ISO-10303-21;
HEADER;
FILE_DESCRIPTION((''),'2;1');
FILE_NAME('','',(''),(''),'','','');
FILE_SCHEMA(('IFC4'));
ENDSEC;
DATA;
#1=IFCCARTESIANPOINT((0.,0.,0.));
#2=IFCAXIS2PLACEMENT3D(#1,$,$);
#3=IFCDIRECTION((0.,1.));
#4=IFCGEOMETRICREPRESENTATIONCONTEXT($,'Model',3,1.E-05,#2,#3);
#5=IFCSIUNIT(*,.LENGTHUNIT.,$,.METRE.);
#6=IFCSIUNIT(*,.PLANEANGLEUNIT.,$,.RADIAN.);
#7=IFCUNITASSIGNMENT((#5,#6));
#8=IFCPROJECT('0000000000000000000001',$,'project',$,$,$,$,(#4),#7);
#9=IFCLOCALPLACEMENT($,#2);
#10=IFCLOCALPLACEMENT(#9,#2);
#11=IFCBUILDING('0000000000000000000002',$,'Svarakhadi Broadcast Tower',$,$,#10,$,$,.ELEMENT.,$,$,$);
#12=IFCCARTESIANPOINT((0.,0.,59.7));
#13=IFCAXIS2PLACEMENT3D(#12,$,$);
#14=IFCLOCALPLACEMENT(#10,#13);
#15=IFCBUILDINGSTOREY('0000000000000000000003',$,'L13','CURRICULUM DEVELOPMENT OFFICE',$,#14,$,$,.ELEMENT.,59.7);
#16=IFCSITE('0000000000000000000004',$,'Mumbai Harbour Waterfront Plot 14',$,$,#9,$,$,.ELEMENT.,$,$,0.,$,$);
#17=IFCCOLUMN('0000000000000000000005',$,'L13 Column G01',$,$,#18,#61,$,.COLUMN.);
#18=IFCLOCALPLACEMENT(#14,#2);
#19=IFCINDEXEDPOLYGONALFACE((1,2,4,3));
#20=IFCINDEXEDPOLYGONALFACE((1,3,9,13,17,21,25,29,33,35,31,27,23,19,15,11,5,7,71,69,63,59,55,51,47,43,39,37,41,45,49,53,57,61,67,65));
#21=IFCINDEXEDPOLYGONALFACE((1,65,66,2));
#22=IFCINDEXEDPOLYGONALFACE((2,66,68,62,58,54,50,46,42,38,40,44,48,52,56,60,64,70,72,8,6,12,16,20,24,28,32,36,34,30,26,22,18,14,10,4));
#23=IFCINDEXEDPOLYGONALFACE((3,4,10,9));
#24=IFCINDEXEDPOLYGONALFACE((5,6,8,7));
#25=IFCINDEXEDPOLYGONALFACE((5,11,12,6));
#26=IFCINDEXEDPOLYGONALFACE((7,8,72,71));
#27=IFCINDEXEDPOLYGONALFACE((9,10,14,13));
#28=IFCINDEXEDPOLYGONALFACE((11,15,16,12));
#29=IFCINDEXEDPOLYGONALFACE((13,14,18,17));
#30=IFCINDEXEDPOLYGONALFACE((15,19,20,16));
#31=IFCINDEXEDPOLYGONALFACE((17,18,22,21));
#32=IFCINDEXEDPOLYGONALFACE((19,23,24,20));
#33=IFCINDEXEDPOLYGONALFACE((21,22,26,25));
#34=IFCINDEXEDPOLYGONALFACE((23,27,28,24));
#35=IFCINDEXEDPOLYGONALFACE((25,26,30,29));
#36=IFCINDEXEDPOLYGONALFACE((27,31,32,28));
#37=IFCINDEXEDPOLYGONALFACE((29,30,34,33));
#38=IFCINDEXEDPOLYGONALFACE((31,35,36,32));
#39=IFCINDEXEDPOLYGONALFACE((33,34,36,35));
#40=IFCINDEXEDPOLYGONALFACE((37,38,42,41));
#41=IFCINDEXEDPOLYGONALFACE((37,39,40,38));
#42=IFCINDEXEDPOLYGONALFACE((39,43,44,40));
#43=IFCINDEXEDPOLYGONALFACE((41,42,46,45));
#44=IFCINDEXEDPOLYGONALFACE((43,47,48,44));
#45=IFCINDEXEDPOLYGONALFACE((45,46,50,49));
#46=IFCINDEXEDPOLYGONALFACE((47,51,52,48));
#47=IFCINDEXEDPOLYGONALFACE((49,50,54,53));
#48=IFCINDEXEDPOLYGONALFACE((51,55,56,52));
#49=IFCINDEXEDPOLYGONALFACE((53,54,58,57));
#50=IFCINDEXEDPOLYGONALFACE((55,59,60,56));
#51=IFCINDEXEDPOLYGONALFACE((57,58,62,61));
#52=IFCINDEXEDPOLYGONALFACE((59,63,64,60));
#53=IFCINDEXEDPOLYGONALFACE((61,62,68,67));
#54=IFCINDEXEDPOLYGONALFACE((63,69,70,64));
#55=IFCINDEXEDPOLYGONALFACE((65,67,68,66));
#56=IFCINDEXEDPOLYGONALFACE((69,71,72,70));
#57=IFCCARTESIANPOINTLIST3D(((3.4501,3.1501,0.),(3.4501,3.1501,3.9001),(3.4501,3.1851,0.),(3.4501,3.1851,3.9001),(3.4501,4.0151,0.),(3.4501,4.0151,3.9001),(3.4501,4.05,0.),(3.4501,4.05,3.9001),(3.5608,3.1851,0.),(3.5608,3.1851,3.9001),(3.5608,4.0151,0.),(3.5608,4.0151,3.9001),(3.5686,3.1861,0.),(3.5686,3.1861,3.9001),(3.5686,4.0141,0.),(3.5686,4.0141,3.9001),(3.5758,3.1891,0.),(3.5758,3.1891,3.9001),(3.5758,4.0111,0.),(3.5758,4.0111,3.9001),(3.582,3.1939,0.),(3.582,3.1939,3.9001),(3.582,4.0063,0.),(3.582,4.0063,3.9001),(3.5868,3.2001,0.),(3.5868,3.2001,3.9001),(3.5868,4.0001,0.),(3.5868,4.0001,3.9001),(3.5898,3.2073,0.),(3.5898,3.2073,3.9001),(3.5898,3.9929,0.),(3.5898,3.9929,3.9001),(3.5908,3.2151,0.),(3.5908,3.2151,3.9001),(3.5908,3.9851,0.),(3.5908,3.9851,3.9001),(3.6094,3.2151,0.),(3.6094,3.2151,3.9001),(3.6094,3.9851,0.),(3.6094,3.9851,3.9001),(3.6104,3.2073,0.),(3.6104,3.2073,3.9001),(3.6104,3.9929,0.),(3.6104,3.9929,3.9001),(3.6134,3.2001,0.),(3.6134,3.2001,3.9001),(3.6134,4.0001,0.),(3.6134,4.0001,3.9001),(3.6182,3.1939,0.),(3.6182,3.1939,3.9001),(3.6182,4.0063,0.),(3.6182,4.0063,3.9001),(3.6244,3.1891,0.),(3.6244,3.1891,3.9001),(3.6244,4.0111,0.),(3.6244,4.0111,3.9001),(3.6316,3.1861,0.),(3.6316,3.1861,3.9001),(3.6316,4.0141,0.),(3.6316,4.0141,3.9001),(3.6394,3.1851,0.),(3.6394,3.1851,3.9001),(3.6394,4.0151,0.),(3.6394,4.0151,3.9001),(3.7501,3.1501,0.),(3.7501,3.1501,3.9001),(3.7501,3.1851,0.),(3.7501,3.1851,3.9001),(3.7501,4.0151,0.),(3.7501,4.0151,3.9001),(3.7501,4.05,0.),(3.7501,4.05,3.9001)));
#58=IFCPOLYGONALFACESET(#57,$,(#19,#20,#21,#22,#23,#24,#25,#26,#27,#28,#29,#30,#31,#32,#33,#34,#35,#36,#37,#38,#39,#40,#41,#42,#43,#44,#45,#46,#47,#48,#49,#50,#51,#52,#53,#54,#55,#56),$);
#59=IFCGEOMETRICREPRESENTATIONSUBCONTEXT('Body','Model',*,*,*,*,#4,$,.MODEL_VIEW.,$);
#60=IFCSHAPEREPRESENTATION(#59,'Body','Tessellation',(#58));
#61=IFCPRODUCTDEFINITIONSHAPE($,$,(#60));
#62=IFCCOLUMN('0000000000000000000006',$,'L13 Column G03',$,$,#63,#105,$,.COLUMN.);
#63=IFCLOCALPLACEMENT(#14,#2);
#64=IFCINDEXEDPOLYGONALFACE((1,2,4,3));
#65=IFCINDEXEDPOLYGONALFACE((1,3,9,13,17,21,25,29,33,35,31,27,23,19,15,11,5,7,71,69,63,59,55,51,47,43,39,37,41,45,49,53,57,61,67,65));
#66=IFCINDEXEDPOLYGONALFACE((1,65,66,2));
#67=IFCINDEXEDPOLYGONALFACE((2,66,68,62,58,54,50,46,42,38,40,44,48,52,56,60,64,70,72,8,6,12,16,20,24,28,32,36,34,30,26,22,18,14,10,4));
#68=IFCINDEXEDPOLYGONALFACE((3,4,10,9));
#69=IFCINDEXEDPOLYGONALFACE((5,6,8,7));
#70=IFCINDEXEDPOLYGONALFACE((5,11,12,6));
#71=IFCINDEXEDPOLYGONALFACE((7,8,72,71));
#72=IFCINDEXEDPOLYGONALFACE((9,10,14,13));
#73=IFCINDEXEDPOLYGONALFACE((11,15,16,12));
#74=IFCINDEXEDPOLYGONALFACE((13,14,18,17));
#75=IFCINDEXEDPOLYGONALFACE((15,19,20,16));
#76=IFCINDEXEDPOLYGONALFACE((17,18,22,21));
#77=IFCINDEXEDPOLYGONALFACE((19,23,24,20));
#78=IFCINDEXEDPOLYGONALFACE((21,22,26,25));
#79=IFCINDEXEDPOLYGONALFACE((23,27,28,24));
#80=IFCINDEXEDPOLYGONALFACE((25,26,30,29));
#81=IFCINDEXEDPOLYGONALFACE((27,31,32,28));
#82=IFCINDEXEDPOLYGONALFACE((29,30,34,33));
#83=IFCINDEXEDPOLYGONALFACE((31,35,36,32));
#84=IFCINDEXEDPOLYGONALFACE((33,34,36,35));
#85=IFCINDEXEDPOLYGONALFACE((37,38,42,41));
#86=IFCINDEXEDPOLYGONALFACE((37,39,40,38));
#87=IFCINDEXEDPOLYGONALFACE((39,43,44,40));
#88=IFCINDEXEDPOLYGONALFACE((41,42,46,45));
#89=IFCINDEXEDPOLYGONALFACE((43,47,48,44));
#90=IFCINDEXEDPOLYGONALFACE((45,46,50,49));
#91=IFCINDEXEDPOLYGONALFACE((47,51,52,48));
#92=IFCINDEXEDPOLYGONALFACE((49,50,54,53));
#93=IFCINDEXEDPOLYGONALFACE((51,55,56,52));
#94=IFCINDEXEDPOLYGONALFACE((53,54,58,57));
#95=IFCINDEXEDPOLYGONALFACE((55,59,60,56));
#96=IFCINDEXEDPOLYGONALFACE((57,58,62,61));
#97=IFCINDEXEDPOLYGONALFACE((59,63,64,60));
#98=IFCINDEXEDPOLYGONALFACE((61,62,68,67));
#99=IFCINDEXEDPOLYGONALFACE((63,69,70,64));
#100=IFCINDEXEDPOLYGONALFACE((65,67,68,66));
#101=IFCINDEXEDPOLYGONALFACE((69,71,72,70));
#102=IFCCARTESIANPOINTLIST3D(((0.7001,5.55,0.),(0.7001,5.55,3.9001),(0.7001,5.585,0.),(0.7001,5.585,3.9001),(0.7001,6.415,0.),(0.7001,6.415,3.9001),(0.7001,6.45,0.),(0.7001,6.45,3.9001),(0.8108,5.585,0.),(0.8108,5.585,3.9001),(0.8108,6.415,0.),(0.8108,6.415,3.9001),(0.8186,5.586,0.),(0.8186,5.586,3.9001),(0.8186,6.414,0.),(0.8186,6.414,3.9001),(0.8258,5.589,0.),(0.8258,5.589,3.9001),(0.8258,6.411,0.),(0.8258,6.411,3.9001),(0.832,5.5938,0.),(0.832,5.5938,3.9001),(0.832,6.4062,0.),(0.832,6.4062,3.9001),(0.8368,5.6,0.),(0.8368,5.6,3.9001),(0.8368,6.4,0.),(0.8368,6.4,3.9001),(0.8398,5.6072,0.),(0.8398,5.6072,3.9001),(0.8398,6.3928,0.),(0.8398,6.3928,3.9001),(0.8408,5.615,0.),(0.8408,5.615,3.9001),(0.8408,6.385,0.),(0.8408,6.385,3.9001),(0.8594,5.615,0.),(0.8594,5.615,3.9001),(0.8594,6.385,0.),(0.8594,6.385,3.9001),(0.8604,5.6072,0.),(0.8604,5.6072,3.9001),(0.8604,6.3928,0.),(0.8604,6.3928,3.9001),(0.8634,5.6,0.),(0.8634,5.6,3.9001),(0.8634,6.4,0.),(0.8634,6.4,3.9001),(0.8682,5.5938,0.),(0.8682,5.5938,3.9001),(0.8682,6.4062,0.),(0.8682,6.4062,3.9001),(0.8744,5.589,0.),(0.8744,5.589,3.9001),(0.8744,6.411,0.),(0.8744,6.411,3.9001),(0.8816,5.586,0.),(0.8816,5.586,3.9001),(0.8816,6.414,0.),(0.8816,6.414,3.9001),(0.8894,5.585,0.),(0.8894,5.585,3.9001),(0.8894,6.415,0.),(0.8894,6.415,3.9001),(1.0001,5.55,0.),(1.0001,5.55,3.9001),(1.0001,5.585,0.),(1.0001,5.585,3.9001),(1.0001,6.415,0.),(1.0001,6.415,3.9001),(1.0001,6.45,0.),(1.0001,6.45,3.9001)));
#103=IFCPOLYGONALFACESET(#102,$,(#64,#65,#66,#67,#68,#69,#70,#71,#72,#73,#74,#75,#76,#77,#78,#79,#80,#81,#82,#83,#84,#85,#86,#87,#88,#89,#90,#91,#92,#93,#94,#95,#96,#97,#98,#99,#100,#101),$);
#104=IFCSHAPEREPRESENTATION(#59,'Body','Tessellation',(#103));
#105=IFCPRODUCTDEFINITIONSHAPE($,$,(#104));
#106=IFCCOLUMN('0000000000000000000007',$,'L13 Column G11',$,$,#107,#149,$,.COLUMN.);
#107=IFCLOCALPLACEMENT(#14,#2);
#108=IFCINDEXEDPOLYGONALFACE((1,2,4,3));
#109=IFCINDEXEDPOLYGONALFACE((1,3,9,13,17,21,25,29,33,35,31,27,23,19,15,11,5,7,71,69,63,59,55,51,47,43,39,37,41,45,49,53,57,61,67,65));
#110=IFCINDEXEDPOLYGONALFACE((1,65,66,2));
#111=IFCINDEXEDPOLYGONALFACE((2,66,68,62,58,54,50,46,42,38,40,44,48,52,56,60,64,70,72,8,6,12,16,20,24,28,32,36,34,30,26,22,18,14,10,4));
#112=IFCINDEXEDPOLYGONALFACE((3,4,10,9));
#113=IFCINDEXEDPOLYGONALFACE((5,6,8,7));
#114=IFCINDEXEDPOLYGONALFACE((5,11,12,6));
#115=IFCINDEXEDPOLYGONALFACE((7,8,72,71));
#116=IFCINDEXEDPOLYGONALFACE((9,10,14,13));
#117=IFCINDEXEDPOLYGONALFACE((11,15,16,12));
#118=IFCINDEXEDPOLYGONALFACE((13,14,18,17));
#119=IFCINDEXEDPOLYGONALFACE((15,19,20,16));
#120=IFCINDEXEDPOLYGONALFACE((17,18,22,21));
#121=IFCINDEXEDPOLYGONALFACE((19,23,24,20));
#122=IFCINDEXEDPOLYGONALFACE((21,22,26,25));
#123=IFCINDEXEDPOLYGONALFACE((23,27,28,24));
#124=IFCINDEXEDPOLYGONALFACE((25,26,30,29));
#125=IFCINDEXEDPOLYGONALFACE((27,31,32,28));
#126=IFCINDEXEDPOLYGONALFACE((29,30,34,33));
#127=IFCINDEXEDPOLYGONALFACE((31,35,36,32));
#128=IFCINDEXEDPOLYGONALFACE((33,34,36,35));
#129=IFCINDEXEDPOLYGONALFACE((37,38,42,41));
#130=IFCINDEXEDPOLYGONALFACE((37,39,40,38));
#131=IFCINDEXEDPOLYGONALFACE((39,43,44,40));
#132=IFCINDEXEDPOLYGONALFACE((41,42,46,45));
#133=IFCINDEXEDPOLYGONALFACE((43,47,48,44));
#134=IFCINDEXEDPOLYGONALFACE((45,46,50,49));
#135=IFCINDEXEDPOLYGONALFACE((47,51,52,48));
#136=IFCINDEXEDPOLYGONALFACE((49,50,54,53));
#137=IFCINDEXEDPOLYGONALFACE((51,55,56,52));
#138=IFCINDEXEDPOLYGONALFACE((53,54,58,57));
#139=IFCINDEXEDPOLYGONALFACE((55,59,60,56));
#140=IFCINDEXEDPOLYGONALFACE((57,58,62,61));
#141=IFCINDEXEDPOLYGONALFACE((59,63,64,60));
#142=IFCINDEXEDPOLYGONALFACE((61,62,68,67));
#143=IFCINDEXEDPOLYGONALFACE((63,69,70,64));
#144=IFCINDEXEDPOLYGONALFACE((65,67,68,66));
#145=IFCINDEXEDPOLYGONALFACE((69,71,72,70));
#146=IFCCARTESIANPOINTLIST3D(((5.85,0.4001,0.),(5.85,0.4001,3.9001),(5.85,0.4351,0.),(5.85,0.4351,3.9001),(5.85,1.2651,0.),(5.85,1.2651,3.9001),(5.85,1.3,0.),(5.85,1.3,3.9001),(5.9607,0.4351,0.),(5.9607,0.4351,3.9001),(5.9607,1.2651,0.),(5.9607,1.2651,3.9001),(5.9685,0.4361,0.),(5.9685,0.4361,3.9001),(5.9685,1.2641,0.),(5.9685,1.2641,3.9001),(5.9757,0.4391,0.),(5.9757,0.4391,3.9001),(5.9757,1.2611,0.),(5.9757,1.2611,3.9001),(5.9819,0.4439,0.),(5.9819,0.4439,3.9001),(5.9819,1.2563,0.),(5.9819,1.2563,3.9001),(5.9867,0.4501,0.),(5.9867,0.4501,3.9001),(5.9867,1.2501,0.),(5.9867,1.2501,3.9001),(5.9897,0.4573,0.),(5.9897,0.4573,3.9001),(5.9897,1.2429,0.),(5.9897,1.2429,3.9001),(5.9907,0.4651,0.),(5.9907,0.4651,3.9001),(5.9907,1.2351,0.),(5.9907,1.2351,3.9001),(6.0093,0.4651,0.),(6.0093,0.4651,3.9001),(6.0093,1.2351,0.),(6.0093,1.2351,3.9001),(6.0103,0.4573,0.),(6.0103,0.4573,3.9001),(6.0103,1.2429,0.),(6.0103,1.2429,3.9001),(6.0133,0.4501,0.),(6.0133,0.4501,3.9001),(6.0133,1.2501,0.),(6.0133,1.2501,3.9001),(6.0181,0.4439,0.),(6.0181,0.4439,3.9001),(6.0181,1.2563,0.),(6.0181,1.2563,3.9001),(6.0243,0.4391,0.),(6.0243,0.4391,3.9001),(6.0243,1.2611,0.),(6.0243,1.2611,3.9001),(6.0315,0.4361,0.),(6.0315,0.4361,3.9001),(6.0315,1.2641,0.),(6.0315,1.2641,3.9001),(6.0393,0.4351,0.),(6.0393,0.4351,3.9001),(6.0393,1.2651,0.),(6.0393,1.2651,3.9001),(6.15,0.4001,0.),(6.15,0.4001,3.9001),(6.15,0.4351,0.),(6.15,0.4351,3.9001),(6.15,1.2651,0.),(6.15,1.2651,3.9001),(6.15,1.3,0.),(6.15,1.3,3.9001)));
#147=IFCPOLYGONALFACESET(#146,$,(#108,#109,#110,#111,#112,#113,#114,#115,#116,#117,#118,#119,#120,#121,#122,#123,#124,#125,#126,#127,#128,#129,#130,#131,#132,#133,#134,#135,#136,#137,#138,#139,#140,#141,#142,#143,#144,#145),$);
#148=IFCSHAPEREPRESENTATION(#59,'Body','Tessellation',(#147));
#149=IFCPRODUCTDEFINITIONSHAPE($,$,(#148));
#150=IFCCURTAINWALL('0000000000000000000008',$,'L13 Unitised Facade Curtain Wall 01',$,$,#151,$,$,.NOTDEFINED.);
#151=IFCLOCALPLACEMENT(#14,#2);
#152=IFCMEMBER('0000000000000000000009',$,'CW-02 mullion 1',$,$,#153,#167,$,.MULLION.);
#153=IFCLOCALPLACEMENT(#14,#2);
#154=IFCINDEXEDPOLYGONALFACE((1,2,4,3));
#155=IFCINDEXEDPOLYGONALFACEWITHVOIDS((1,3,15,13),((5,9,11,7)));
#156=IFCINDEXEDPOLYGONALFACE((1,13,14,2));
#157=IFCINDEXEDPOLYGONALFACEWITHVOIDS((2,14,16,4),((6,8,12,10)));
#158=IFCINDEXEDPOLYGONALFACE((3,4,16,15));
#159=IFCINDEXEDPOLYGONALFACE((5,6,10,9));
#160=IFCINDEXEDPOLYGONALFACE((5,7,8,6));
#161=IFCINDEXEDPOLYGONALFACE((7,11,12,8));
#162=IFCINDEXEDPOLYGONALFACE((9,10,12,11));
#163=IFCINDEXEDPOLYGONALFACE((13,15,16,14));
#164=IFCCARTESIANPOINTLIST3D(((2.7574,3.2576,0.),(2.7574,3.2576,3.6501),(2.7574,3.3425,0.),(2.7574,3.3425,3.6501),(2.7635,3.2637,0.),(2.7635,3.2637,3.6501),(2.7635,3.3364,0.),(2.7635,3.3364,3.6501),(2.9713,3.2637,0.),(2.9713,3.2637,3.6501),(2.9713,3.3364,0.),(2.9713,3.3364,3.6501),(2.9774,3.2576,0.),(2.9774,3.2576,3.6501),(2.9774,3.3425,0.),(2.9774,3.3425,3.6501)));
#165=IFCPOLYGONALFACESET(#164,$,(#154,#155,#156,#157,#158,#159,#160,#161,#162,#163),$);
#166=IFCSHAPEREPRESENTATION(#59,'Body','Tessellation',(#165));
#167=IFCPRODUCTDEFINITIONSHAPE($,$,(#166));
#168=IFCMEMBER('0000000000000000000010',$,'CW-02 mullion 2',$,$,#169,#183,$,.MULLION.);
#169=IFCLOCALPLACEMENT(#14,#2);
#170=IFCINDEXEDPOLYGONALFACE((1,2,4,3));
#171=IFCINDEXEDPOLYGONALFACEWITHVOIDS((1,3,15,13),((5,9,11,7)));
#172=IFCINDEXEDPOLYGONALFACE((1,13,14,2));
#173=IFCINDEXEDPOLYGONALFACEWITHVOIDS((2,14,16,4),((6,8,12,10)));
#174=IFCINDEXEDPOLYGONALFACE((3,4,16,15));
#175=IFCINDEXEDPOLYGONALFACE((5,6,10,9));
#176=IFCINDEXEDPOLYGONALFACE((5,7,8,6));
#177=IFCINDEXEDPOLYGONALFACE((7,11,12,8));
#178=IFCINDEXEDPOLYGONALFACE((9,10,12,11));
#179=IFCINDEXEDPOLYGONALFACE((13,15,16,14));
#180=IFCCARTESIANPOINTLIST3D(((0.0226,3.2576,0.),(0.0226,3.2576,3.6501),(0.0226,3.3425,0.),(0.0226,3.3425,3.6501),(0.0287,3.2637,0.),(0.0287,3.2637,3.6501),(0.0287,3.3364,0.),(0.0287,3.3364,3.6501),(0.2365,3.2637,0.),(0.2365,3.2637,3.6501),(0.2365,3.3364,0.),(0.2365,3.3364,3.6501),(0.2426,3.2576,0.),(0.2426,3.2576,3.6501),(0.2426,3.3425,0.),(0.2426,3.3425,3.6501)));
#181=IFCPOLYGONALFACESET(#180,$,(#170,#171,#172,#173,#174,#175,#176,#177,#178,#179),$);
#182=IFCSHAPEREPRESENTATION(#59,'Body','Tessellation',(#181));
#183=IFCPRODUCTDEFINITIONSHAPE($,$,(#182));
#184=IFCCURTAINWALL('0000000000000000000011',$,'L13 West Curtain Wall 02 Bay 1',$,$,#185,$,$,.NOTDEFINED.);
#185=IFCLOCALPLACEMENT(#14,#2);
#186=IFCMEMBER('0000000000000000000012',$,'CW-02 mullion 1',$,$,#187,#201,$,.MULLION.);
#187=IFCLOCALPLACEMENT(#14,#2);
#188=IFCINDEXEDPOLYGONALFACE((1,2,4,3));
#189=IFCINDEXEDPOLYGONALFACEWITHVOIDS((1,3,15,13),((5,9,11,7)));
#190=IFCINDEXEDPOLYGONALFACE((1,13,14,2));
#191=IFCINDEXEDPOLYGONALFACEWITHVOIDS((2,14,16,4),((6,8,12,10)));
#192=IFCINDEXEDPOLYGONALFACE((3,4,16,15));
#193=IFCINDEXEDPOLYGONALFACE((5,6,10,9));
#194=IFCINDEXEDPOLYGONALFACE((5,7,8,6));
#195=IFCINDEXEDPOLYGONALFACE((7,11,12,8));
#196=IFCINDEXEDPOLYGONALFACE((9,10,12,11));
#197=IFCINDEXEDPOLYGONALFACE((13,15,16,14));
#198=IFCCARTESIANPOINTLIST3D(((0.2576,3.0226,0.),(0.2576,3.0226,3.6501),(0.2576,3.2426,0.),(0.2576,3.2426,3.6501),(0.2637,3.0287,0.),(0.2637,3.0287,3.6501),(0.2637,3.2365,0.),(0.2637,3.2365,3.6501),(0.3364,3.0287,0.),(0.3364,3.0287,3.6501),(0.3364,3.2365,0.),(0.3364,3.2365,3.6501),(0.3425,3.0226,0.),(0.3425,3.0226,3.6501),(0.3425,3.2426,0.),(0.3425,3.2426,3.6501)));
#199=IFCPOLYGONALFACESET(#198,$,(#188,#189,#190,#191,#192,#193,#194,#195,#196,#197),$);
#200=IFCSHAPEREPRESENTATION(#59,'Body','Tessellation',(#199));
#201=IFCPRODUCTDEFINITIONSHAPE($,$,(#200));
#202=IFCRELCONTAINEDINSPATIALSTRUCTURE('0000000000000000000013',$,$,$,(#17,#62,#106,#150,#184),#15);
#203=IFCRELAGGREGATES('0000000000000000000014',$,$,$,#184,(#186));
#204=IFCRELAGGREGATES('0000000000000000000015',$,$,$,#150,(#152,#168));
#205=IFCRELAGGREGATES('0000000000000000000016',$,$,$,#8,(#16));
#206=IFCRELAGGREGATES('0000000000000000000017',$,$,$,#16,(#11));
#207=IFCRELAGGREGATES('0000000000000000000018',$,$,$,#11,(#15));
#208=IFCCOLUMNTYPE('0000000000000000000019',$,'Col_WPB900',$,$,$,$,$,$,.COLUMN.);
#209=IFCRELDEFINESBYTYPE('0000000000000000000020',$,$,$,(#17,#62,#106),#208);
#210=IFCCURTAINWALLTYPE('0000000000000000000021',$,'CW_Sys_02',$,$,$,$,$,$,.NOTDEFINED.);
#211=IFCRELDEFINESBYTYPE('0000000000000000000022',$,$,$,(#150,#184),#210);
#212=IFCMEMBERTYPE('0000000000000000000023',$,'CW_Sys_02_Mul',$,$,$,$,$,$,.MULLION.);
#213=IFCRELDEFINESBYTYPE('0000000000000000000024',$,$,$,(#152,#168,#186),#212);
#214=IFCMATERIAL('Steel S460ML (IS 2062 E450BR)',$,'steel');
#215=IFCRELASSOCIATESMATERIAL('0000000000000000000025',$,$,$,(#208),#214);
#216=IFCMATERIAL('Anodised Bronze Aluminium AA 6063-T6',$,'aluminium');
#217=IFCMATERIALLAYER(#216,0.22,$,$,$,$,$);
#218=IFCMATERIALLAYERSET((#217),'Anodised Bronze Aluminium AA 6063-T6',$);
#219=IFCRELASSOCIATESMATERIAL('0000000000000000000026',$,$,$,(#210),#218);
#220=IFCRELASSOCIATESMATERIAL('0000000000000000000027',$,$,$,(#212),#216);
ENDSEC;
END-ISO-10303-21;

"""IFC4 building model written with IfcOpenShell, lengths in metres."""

from ifc_helpers import new_model, si_unit, direction, frame, origin, origin_2d, place, context, subcontext, project, spatial, hollow_rectangle, i_section, extrude, material, layer, layer_set, material_profile, profile_set, type_object, element, aggregate, save


model = new_model("IFC4")

# Units and contexts
model_context = context("Model", 3, precision=1e-05, world=origin(), true_north=direction((0.0, 1.0)))
body_context = subcontext(model_context, "Body", "Model", "MODEL_VIEW")
ifc_project = project(units=[si_unit("LENGTHUNIT", "METRE"), si_unit("PLANEANGLEUNIT", "RADIAN")], contexts=[model_context])

# Site, building, storey
site_placement = place(None, origin())
site = spatial("IfcSite", under=ifc_project, at=site_placement, Name="Mumbai Harbour Waterfront Plot 14", CompositionType="ELEMENT", RefElevation=0.0)
building_placement = place(site_placement, origin())
building = spatial("IfcBuilding", under=site, at=building_placement, Name="Svarakhadi Broadcast Tower", CompositionType="ELEMENT")
storey_placement = place(building_placement, frame((0.0, 0.0, 59.7)))
storey = spatial("IfcBuildingStorey", under=building, at=storey_placement, Name="L13", Description="CURRICULUM DEVELOPMENT OFFICE", CompositionType="ELEMENT", Elevation=59.7)

# Columns
ifc_material_1 = material(Name="Steel S460ML (IS 2062 E450BR)", Category="steel")
ifc_material_profile_1 = material_profile(ifc_material_1, i_section(OverallWidth=0.3, OverallDepth=0.8999, WebThickness=0.0186, FlangeThickness=0.0349, FilletRadius=0.03, at=origin_2d()), Name="WPB 900x300x291")
ifc_profile_set_1 = profile_set([ifc_material_profile_1], Name="Steel S460ML (IS 2062 E450BR)")
column_type = type_object("IfcColumnType", Name="Col_WPB900", PredefinedType="COLUMN", material=ifc_profile_set_1)
for number, where, z_axis, x_axis, name in (
    (1, (3.6001, 3.6001, 0.0), (0.0, 0.0, 1.0), (1.0, 0.0, 0.0), "L13 Column G01"),
    (2, (0.8501, 6.0, 0.0), (0.0, 0.0, 1.0), (1.0, 0.0, 0.0), "L13 Column G03"),
    (3, (6.0, 0.8501, 0.0), (0.0, 0.0, 1.0), (1.0, 0.0, 0.0), "L13 Column G11"),
):
    element("IfcColumn", number, at=place(storey_placement, frame(where, z_axis=z_axis, x_axis=x_axis)), inside=storey, type_object=column_type, Name=name, PredefinedType="COLUMN", context=body_context, shape_type="SweptSolid", body=[
        extrude(i_section(OverallWidth=0.3, OverallDepth=0.8999, WebThickness=0.0186, FlangeThickness=0.0349, FilletRadius=0.03, at=origin_2d()), origin(), (0.0, 0.0, 1.0), 3.9001),
    ])

# Curtain wall, members
ifc_material_2 = material(Name="Anodised Bronze Aluminium AA 6063-T6", Category="aluminium")
ifc_layer_1 = layer(ifc_material_2, 0.22)
ifc_layer_set_1 = layer_set([ifc_layer_1], Name="Anodised Bronze Aluminium AA 6063-T6")
curtain_wall_type = type_object("IfcCurtainWallType", Name="CW_Sys_02", PredefinedType="NOTDEFINED", material=ifc_layer_set_1)
curtain_wall_1_placement = place(storey_placement, origin())
curtain_wall_1 = element("IfcCurtainWall", 4, at=curtain_wall_1_placement, inside=storey, type_object=curtain_wall_type, Name="L13 Unitised Facade Curtain Wall 01", PredefinedType="NOTDEFINED")
ifc_material_profile_2 = material_profile(ifc_material_2, hollow_rectangle(XDim=0.085, YDim=0.22, WallThickness=0.0061, at=origin_2d()), Name="ALU MULLION 220x85x6")
ifc_profile_set_2 = profile_set([ifc_material_profile_2], Name="Anodised Bronze Aluminium AA 6063-T6")
member_type_1 = type_object("IfcMemberType", Name="CW_Sys_02_Mul", PredefinedType="MULLION", material=ifc_profile_set_2)
member_1_placement = place(storey_placement, frame((2.8674, 3.3, 0.0), z_axis=(0.0, 0.0, 1.0), x_axis=(0.0, -1.0, 0.0)))
member_1 = element("IfcMember", 5, at=member_1_placement, type_object=member_type_1, Name="CW-02 mullion 1", PredefinedType="MULLION", context=body_context, shape_type="SweptSolid", body=[
    extrude(hollow_rectangle(XDim=0.085, YDim=0.22, WallThickness=0.0061, at=origin_2d()), origin(), (0.0, 0.0, 1.0), 3.6501),
])
member_2_placement = place(storey_placement, frame((0.1326, 3.3, 0.0), z_axis=(0.0, 0.0, 1.0), x_axis=(0.0, -1.0, 0.0)))
member_2 = element("IfcMember", 6, at=member_2_placement, type_object=member_type_1, Name="CW-02 mullion 2", PredefinedType="MULLION", context=body_context, shape_type="SweptSolid", body=[
    extrude(hollow_rectangle(XDim=0.085, YDim=0.22, WallThickness=0.0061, at=origin_2d()), origin(), (0.0, 0.0, 1.0), 3.6501),
])

# Curtain wall, member
curtain_wall_2_placement = place(storey_placement, origin())
curtain_wall_2 = element("IfcCurtainWall", 7, at=curtain_wall_2_placement, inside=storey, type_object=curtain_wall_type, Name="L13 West Curtain Wall 02 Bay 1", PredefinedType="NOTDEFINED")
member_3_placement = place(storey_placement, frame((0.3, 3.1326, 0.0), z_axis=(0.0, 0.0, 1.0), x_axis=(-1.0, 0.0, 0.0)))
member_3 = element("IfcMember", 8, at=member_3_placement, type_object=member_type_1, Name="CW-02 mullion 1", PredefinedType="MULLION", context=body_context, shape_type="SweptSolid", body=[
    extrude(hollow_rectangle(XDim=0.085, YDim=0.22, WallThickness=0.0061, at=origin_2d()), origin(), (0.0, 0.0, 1.0), 3.6501),
])

aggregate(curtain_wall_2, [member_3])

aggregate(curtain_wall_1, [member_1, member_2])

save(model, "model.ifc")
